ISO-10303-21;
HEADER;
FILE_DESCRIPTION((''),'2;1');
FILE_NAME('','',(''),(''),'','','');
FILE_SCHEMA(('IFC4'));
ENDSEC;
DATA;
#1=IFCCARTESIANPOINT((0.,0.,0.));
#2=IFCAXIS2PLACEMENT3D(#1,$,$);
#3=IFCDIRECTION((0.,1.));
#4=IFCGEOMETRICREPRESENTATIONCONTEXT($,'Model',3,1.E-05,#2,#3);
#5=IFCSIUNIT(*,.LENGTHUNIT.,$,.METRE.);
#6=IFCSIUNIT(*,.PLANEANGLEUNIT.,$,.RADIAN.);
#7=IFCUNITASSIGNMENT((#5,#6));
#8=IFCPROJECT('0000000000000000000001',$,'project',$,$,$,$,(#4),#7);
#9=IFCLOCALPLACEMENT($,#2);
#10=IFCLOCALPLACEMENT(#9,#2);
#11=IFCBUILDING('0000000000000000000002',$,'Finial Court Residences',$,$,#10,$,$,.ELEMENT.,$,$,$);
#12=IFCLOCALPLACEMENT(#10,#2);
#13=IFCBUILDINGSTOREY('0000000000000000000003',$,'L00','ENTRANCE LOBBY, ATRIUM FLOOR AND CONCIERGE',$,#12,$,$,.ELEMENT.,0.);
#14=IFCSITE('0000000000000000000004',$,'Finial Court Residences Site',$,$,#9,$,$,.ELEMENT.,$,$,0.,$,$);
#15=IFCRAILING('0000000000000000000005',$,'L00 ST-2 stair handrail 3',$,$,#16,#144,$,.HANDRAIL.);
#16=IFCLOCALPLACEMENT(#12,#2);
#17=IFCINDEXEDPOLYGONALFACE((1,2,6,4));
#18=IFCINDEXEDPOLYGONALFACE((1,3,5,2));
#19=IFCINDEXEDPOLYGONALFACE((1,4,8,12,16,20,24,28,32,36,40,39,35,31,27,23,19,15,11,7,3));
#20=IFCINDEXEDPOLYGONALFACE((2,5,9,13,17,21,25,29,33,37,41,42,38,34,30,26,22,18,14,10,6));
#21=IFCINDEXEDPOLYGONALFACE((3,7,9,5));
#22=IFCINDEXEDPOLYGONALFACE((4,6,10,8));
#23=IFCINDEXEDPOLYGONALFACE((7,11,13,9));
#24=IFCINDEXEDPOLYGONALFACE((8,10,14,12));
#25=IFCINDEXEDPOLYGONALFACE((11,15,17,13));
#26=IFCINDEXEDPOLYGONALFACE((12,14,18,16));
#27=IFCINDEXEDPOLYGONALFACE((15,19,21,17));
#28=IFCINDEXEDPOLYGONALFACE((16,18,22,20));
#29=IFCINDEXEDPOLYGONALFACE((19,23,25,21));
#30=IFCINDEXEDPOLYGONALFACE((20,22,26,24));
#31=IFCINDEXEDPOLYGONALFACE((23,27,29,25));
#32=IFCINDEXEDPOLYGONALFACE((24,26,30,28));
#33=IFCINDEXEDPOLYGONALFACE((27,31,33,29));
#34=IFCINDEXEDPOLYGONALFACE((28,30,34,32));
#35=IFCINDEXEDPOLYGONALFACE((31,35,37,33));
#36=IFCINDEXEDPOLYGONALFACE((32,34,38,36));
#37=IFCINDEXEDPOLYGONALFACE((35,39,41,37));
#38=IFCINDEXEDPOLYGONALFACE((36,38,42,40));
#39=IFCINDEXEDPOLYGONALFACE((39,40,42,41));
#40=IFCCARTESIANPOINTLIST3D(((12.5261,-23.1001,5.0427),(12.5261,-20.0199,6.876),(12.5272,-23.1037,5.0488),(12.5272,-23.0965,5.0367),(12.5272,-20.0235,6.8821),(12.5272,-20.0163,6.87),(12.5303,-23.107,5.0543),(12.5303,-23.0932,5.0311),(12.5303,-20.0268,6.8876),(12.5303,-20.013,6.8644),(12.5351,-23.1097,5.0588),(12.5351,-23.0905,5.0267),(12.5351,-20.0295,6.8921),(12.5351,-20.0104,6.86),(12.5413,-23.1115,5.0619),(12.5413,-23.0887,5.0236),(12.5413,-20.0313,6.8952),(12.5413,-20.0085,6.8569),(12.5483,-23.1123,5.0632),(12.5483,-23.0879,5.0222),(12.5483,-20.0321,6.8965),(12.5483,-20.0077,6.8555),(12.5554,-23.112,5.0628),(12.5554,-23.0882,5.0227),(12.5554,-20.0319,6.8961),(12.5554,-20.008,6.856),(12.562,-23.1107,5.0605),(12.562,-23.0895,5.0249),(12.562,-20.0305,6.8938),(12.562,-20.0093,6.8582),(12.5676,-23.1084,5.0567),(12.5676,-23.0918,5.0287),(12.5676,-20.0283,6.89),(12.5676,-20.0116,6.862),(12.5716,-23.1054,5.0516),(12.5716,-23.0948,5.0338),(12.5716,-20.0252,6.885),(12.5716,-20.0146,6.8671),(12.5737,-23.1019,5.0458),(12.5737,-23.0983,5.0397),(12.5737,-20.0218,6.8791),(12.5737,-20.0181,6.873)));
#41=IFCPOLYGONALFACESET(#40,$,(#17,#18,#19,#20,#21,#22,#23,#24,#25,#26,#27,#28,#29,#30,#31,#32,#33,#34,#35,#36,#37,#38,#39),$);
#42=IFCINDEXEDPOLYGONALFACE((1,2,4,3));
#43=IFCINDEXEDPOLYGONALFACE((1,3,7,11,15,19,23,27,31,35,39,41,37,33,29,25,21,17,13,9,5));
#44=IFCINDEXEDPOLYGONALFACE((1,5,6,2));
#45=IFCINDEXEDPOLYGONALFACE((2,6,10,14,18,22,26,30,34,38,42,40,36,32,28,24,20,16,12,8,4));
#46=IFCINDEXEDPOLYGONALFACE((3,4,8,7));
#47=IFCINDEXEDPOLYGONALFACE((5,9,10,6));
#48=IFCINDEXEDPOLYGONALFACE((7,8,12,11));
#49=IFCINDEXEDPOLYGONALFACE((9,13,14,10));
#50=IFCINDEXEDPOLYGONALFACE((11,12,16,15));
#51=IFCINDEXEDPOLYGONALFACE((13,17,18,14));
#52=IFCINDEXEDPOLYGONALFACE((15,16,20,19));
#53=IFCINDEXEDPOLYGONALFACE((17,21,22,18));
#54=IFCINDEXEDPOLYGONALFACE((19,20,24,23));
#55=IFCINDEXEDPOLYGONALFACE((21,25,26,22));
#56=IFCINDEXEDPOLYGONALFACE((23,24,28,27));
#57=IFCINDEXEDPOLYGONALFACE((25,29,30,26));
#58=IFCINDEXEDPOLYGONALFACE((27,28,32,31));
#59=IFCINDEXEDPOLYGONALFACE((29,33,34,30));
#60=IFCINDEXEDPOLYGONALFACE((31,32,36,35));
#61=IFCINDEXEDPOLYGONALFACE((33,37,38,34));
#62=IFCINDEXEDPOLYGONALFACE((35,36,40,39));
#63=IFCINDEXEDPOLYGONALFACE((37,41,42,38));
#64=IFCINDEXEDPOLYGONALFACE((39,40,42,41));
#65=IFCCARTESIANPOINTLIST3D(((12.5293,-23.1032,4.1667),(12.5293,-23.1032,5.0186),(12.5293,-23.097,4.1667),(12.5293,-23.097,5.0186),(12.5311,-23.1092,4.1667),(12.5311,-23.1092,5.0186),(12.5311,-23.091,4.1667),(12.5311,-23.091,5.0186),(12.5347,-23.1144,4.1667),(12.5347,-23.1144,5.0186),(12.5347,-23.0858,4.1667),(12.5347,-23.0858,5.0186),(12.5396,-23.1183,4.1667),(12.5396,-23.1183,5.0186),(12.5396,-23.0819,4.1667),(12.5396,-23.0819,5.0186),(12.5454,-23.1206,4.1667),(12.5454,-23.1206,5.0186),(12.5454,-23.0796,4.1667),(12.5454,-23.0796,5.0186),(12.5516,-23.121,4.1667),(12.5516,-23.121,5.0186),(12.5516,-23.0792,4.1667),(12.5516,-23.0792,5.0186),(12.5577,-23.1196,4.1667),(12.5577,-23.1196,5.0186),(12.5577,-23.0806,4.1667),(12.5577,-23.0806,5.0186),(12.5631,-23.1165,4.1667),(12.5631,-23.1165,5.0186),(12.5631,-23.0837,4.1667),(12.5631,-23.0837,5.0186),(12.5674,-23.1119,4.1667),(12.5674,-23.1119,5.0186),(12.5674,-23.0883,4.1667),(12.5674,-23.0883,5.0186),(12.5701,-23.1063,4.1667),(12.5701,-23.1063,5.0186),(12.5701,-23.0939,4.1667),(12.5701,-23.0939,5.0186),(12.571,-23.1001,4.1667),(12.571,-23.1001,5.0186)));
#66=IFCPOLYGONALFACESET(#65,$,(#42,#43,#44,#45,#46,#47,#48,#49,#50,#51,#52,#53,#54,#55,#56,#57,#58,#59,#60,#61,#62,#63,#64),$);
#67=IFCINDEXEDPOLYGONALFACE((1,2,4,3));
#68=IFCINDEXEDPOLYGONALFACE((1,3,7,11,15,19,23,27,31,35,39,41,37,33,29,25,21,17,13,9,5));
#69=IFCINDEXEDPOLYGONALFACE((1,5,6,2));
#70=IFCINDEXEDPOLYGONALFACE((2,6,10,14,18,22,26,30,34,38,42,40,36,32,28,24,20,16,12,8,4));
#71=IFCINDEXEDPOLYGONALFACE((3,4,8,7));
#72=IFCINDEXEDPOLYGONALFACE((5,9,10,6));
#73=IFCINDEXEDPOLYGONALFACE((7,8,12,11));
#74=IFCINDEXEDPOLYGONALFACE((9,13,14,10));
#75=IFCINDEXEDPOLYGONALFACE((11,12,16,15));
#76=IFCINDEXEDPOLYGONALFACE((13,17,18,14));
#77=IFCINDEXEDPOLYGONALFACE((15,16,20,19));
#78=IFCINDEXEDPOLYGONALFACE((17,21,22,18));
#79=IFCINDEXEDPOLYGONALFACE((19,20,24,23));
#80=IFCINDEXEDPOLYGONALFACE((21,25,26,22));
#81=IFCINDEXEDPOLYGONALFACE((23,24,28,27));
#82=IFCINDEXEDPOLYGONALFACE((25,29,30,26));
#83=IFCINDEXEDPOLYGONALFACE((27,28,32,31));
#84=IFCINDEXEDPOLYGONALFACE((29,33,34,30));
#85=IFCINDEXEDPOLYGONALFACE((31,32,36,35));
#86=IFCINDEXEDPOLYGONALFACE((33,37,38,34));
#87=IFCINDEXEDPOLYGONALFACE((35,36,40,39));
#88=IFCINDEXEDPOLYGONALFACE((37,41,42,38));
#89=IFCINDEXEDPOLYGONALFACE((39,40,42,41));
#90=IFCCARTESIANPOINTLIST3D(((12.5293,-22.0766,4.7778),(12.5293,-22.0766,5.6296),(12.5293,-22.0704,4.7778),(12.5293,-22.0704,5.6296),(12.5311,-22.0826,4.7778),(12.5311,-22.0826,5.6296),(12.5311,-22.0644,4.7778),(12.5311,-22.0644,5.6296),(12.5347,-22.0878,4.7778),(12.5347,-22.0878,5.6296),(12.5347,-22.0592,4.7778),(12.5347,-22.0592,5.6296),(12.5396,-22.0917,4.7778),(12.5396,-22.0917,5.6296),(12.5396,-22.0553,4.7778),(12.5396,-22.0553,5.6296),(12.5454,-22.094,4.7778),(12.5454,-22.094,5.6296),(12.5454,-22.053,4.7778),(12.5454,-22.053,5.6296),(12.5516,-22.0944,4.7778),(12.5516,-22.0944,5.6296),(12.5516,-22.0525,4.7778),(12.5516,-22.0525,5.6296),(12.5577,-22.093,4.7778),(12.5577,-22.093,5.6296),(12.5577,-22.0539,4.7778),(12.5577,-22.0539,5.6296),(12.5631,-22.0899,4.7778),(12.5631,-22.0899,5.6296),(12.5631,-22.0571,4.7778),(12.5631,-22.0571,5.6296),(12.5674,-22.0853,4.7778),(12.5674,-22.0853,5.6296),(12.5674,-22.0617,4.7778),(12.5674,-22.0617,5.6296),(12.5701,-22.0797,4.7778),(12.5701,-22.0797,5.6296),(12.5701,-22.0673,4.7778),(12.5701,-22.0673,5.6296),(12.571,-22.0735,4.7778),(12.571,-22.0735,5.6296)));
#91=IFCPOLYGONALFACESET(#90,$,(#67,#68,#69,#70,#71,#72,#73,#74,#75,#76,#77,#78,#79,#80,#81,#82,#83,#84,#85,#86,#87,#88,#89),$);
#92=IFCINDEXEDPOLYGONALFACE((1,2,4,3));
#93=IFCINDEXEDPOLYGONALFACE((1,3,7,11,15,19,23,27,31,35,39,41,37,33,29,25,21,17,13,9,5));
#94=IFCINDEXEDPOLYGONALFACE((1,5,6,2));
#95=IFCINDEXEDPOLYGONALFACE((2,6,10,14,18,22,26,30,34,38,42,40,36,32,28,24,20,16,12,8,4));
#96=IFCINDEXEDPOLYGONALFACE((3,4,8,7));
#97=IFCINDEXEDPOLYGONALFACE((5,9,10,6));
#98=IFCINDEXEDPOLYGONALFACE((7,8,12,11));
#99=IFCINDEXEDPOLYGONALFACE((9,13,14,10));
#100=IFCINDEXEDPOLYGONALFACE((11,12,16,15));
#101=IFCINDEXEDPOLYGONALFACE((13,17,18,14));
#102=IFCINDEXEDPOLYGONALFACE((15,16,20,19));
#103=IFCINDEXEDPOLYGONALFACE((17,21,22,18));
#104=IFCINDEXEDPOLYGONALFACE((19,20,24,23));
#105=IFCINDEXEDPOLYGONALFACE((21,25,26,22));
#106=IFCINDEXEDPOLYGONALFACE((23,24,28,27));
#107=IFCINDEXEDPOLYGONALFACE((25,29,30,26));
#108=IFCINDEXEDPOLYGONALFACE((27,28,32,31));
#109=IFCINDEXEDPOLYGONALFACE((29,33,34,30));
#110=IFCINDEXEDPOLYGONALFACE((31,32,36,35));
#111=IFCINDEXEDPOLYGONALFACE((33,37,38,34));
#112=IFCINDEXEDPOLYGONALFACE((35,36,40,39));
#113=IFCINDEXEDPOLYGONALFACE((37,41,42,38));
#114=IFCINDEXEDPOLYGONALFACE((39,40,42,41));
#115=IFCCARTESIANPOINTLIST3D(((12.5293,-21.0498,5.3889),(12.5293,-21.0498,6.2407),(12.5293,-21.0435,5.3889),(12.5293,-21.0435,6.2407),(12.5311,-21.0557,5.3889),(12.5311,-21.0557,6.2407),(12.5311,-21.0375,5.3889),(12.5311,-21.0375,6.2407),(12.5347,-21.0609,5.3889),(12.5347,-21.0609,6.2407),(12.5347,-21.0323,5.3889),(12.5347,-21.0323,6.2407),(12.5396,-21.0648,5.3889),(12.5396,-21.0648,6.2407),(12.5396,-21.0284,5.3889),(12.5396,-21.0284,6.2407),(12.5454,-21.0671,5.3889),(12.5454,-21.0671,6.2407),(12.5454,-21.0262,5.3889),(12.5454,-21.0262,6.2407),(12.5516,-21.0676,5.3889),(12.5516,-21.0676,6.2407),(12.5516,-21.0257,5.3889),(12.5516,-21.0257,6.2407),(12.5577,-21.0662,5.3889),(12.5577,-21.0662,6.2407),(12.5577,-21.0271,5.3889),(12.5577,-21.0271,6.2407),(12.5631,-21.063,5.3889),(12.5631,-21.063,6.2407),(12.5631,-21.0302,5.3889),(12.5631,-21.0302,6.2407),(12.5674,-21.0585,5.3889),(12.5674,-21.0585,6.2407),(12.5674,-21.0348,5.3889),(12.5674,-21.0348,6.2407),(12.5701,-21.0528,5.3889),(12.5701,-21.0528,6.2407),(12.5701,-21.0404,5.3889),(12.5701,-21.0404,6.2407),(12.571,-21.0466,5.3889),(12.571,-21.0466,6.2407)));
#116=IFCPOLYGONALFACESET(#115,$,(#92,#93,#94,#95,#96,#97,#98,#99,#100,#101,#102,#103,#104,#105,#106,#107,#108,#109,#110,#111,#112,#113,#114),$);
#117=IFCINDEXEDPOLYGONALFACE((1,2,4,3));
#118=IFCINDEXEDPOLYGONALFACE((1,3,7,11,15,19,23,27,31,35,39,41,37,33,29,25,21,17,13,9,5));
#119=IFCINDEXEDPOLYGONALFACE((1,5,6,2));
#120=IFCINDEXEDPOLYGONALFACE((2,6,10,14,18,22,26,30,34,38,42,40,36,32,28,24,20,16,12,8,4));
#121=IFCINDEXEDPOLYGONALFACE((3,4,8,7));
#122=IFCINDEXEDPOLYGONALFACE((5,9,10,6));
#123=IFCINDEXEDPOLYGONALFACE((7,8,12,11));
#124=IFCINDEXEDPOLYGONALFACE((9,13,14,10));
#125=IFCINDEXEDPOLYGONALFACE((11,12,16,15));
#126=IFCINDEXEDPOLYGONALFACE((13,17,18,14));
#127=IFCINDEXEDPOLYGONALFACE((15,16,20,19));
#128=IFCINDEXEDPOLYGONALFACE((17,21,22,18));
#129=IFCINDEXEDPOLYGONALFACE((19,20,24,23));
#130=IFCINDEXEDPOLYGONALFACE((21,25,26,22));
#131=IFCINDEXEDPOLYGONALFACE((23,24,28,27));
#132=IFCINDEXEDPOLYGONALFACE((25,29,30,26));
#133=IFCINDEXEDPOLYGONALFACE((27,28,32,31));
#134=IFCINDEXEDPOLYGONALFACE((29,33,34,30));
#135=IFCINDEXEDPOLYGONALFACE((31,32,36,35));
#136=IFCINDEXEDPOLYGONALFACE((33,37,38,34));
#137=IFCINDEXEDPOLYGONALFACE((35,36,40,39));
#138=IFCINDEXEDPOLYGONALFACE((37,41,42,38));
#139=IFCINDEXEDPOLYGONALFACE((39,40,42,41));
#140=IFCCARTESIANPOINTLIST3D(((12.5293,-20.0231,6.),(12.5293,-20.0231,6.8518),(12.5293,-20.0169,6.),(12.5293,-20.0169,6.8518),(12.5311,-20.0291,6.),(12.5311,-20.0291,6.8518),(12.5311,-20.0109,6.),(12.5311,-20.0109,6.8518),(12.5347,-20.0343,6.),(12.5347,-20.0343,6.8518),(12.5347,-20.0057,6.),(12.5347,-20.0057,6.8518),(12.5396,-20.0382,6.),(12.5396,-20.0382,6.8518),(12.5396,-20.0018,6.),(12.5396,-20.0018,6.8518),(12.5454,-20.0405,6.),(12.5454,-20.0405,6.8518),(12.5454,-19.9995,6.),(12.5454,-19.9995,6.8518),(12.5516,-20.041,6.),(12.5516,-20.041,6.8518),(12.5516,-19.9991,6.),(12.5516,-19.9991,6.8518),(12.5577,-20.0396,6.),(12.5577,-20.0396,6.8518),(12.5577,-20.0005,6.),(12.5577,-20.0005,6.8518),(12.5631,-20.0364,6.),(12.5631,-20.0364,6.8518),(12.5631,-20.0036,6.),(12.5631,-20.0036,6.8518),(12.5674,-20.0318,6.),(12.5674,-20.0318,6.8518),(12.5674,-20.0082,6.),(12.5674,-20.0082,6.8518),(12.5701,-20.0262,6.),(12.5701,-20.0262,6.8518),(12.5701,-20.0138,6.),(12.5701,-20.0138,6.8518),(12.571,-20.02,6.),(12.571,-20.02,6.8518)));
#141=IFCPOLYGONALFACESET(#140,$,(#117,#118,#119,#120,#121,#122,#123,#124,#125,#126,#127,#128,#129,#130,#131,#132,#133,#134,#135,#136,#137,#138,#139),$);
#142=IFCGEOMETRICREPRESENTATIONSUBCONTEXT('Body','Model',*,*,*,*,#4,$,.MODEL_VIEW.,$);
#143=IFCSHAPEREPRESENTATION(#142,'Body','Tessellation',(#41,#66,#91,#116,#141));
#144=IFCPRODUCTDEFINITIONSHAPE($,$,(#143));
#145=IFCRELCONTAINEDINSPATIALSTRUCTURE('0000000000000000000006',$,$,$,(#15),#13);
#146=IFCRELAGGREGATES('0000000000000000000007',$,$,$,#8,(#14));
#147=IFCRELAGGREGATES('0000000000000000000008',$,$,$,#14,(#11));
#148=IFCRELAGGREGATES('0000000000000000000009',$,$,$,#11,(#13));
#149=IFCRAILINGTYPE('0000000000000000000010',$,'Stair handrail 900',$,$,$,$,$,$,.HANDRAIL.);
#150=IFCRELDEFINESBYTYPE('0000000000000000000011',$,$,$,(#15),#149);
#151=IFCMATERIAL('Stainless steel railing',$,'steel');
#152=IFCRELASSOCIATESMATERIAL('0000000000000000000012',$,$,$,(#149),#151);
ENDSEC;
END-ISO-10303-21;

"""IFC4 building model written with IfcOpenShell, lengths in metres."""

from ifc_helpers import new_model, si_unit, direction, frame, origin, origin_2d, place, context, subcontext, project, spatial, circle, extrude, material, type_object, element, save


model = new_model("IFC4")

# Units and contexts
model_context = context("Model", 3, precision=1e-05, world=origin(), true_north=direction((0.0, 1.0)))
body_context = subcontext(model_context, "Body", "Model", "MODEL_VIEW")
ifc_project = project(units=[si_unit("LENGTHUNIT", "METRE"), si_unit("PLANEANGLEUNIT", "RADIAN")], contexts=[model_context])

# Site, building, storey
site_placement = place(None, origin())
site = spatial("IfcSite", under=ifc_project, at=site_placement, Name="Finial Court Residences Site", CompositionType="ELEMENT", RefElevation=0.0)
building_placement = place(site_placement, origin())
building = spatial("IfcBuilding", under=site, at=building_placement, Name="Finial Court Residences", CompositionType="ELEMENT")
storey_placement = place(building_placement, origin())
storey = spatial("IfcBuildingStorey", under=building, at=storey_placement, Name="L00", Description="ENTRANCE LOBBY, ATRIUM FLOOR AND CONCIERGE", CompositionType="ELEMENT", Elevation=0.0)

# Railing
ifc_material_1 = material(Name="Stainless steel railing", Category="steel")
railing_type = type_object("IfcRailingType", Name="Stair handrail 900", PredefinedType="HANDRAIL", material=ifc_material_1)
railing_1_placement = place(storey_placement, frame((12.55, -23.1001, 4.1667)))
element("IfcRailing", 1, at=railing_1_placement, inside=storey, type_object=railing_type, Name="L00 ST-2 stair handrail 3", PredefinedType="HANDRAIL", context=body_context, shape_type="SweptSolid", body=[
    extrude(circle(Radius=0.0239, at=origin_2d()), frame((0.0, 0.0, 0.876), z_axis=(0.0, 0.859309, 0.511458), x_axis=(-1.0, 0.0, 0.0)), (0.0, 0.0, 1.0), 3.5845),
    extrude(circle(Radius=0.021, at=origin_2d()), origin(), (0.0, 0.0, 1.0), 0.8518),
    extrude(circle(Radius=0.021, at=origin_2d()), frame((0.0, 1.0266, 0.6111)), (0.0, 0.0, 1.0), 0.8518),
    extrude(circle(Radius=0.021, at=origin_2d()), frame((0.0, 2.0535, 1.2222)), (0.0, 0.0, 1.0), 0.8518),
    extrude(circle(Radius=0.021, at=origin_2d()), frame((0.0, 3.0801, 1.8333)), (0.0, 0.0, 1.0), 0.8518),
])

save(model, "model.ifc")
